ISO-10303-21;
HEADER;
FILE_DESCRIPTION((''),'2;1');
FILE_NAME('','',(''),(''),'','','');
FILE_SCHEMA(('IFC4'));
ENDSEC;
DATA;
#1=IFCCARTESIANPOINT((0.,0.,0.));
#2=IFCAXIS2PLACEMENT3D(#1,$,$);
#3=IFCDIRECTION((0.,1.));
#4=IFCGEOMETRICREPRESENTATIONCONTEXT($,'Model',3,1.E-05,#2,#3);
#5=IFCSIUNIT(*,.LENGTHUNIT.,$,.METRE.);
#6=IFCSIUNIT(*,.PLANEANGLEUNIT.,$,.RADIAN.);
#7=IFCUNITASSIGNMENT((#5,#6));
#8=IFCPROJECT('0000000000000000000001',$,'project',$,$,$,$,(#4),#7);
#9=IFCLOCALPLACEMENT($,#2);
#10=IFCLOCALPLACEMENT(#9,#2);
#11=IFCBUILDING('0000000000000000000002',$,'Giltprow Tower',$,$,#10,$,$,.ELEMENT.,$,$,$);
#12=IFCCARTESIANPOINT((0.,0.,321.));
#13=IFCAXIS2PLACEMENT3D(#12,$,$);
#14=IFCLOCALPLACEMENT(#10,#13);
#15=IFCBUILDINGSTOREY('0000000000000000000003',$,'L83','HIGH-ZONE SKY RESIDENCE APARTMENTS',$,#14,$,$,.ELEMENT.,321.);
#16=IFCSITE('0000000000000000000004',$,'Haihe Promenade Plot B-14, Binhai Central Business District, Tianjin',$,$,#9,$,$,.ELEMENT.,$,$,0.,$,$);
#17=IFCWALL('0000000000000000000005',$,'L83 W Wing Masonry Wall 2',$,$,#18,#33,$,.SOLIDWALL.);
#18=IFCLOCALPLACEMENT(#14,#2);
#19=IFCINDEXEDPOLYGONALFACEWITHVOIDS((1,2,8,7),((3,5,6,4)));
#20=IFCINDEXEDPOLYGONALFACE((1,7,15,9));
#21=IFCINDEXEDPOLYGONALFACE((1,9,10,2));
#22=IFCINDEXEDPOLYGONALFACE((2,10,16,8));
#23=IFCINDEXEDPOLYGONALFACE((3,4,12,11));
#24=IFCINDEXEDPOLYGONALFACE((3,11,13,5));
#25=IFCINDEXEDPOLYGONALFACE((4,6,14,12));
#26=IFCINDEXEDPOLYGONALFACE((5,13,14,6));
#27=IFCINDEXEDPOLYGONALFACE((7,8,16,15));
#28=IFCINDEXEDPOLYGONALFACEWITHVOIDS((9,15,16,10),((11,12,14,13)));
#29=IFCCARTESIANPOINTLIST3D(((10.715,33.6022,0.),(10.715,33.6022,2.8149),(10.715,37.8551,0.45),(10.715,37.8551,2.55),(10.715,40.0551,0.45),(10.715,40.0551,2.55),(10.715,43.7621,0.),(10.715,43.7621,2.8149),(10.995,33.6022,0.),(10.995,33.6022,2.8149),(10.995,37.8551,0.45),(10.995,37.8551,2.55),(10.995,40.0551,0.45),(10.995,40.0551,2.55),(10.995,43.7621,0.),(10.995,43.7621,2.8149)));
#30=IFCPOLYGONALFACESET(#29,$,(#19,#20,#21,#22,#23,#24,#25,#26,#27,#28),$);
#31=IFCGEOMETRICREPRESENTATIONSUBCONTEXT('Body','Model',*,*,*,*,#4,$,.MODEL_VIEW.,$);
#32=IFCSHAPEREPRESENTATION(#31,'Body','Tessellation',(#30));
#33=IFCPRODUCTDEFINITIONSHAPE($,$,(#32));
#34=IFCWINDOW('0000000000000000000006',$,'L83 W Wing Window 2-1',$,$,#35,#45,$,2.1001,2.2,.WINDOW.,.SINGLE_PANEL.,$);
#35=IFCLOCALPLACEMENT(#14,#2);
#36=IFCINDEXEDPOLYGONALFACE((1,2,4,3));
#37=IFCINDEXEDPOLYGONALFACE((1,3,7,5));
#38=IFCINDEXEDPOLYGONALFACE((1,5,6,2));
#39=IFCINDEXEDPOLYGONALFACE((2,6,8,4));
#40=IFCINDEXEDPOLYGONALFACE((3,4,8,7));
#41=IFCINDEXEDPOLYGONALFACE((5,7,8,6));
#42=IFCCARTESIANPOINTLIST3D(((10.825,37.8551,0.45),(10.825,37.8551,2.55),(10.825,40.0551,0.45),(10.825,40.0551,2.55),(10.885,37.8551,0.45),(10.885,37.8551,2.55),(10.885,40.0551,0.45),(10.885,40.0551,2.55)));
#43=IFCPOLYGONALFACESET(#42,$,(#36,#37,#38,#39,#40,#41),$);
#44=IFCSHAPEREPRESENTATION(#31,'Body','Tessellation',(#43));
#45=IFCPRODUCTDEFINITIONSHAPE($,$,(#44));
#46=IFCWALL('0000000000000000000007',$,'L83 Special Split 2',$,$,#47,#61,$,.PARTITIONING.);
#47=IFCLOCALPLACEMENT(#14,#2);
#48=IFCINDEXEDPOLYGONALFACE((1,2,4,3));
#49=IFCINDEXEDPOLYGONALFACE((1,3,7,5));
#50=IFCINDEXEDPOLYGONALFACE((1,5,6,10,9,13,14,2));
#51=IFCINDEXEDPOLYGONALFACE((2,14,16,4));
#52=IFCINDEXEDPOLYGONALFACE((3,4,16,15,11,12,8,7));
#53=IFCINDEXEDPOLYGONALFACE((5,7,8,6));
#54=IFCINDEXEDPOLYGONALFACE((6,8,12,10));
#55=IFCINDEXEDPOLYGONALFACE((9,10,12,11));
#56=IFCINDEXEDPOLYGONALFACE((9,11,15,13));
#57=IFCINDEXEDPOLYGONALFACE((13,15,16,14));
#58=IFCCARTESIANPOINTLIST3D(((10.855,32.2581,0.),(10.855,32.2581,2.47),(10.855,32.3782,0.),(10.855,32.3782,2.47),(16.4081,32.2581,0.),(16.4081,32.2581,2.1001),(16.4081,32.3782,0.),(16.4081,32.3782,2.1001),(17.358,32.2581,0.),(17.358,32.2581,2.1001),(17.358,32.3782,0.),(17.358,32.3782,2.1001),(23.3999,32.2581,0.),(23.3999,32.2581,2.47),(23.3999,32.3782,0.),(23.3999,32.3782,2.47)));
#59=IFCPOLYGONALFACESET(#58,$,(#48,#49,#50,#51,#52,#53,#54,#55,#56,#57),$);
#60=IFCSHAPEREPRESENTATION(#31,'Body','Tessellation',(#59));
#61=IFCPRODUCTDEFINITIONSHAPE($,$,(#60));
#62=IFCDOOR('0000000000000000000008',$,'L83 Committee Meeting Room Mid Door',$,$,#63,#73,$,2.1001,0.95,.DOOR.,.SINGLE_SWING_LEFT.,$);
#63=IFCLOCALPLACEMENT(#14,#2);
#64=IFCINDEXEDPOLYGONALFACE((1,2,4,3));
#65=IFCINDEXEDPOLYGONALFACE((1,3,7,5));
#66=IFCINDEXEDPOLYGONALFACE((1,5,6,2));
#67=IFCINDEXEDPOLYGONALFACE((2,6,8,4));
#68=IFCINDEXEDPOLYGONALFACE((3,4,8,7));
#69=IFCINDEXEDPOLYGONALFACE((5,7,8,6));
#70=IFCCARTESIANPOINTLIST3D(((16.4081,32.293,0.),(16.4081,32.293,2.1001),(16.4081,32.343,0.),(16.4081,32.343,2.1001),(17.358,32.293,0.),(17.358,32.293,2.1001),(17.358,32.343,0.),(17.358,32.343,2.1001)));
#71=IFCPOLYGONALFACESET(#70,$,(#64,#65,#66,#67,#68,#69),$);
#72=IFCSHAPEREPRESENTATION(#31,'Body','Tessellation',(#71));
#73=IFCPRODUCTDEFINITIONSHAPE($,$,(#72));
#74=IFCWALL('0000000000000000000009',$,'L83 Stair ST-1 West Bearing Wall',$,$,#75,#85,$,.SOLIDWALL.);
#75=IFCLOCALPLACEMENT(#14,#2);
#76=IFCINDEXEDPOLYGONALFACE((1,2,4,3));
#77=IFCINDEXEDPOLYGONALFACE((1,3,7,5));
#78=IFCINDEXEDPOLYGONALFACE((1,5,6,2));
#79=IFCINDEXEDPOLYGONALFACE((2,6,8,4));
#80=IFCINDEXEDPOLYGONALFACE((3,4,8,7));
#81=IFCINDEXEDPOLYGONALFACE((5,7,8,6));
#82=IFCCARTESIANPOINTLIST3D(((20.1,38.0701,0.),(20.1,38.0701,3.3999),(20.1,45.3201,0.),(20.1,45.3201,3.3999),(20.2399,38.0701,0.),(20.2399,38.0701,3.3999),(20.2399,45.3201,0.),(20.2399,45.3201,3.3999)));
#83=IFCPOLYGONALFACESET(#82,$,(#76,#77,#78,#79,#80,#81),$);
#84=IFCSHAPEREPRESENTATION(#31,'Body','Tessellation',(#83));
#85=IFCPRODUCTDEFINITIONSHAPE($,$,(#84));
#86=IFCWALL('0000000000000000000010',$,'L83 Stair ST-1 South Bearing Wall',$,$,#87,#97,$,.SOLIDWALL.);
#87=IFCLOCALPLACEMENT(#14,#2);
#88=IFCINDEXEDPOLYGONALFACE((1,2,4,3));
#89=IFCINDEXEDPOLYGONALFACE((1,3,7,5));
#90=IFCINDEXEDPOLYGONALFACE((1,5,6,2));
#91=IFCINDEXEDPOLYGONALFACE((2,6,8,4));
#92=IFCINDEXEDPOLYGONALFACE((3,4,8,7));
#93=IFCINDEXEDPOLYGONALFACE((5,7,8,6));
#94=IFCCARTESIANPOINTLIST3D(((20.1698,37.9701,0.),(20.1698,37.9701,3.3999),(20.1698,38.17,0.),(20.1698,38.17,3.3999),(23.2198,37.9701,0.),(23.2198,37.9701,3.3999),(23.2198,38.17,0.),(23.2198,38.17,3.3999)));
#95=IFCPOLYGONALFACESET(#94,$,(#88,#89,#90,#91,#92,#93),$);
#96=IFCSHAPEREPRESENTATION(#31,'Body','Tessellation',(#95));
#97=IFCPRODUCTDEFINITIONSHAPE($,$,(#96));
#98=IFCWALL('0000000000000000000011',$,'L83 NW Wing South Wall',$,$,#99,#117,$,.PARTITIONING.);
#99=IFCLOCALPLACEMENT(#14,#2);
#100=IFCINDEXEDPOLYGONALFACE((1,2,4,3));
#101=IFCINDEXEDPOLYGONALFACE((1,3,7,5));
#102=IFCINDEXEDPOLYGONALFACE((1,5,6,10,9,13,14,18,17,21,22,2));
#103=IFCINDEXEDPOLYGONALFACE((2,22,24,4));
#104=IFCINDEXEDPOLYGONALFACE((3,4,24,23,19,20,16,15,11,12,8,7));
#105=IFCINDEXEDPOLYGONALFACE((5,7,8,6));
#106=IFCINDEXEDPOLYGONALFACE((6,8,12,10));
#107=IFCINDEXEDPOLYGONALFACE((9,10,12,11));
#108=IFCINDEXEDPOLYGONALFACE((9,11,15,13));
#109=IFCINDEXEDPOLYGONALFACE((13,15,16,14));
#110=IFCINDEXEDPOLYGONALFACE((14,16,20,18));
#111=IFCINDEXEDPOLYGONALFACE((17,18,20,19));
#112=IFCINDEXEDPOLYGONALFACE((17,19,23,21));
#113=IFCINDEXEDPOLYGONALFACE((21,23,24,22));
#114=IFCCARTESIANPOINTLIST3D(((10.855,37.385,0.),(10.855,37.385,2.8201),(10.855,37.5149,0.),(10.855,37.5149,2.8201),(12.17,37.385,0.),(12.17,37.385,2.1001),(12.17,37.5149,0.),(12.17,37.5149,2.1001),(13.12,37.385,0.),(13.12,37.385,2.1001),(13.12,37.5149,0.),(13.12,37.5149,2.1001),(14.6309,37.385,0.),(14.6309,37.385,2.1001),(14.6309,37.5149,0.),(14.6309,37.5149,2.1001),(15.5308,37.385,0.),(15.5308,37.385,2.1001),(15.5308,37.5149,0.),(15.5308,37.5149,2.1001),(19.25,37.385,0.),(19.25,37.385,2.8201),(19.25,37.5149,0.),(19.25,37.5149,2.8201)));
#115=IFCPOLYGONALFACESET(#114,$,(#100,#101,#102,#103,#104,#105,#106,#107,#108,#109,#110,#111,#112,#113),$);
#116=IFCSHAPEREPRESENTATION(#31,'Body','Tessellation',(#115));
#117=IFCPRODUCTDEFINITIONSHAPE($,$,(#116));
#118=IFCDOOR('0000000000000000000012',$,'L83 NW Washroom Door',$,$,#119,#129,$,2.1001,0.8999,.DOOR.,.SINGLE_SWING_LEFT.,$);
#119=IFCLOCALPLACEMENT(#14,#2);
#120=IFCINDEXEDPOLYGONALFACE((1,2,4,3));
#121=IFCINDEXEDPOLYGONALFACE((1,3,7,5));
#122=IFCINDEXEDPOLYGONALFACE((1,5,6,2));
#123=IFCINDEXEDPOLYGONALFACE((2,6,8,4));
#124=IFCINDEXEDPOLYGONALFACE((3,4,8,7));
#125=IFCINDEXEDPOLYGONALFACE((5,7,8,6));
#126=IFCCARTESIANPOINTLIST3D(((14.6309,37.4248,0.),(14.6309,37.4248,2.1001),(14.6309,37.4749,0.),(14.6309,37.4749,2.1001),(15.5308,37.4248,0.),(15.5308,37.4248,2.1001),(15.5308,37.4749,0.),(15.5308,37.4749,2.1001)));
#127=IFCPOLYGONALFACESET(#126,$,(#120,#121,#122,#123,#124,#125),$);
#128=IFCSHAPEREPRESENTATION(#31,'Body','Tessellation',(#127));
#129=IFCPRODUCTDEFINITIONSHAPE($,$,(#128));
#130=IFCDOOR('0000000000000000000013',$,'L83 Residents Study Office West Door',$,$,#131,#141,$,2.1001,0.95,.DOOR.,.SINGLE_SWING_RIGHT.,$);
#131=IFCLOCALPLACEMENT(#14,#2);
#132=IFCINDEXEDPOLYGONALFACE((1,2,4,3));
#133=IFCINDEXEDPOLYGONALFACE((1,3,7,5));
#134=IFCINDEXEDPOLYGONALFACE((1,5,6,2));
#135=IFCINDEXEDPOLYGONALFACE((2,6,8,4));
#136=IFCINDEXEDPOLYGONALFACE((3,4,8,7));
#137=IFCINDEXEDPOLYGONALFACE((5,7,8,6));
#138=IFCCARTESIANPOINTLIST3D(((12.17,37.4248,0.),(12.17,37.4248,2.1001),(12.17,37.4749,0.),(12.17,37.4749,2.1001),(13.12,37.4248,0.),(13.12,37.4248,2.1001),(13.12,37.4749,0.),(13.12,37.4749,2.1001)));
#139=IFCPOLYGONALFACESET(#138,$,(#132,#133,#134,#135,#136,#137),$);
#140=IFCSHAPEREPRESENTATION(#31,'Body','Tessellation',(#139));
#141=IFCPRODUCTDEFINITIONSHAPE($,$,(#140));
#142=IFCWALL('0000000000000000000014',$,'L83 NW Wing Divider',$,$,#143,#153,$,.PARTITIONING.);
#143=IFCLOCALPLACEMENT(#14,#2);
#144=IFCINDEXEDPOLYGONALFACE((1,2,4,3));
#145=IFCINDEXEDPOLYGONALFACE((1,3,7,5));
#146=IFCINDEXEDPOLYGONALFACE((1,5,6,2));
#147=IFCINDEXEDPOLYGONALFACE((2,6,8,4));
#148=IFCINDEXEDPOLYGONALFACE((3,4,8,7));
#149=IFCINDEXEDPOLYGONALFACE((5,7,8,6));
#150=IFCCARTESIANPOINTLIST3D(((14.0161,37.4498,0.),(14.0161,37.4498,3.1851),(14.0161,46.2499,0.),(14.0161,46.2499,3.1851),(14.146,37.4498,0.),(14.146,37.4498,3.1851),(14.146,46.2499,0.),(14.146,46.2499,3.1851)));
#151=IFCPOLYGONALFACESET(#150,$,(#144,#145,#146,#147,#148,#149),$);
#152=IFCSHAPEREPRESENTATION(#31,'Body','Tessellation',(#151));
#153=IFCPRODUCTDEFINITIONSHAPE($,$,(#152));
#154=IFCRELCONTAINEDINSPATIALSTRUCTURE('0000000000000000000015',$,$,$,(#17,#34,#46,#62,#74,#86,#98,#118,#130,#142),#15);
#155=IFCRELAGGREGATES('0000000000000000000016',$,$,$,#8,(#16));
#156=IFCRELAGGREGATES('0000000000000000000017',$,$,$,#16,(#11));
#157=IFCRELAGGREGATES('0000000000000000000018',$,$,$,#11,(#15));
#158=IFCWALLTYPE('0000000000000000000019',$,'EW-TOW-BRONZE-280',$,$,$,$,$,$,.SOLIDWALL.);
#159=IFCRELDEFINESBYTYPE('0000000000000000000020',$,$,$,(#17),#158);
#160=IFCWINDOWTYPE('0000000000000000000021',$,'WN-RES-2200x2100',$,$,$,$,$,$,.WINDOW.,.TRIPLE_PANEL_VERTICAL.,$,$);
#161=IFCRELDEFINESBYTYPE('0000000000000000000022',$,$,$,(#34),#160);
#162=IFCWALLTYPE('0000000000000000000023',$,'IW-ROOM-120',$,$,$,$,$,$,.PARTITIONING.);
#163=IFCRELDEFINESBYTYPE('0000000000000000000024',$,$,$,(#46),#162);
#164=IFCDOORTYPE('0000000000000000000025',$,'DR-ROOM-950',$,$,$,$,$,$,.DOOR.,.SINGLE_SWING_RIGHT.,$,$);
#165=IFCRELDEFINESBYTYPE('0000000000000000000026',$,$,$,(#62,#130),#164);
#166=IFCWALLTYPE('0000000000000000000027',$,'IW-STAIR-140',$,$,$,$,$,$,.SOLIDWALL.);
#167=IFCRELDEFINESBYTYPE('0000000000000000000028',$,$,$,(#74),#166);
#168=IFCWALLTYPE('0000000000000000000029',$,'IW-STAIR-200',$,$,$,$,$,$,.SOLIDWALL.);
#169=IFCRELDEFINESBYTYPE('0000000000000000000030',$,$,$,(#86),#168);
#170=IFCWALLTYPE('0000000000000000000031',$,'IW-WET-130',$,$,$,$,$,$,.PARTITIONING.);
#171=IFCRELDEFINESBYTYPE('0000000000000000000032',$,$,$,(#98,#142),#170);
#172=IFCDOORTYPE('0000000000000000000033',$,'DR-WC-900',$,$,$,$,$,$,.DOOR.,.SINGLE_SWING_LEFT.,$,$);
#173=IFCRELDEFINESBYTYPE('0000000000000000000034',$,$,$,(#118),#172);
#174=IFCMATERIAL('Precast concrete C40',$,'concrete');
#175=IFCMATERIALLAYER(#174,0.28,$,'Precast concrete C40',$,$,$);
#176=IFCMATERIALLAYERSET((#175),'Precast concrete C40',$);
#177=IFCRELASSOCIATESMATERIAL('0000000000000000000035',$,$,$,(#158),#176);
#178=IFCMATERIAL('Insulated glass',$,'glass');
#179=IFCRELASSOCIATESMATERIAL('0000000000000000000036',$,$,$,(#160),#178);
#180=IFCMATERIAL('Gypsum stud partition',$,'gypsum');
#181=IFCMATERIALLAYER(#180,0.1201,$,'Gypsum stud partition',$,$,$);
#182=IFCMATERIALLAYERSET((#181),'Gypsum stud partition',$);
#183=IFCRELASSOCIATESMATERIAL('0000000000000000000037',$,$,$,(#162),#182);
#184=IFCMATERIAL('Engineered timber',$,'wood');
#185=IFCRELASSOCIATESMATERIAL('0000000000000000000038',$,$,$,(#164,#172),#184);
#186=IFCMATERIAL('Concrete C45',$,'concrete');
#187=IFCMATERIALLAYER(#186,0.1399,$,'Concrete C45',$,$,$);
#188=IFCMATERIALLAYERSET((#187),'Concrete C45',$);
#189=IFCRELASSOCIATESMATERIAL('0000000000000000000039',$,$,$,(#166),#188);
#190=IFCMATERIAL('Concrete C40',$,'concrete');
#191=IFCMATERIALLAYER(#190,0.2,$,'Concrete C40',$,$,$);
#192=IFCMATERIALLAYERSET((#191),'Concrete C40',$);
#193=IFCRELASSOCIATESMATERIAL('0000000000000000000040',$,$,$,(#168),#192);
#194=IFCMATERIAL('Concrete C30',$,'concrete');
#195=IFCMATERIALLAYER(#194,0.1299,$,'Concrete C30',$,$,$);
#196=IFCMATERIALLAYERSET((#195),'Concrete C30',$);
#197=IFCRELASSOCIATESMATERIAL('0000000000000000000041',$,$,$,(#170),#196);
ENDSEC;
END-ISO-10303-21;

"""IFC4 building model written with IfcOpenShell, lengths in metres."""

from ifc_helpers import new_model, si_unit, direction, frame, frame_2d, origin, place, context, subcontext, project, spatial, rectangle, extrude, source, transform, mapped, material, layer, layer_set, type_object, element, fill, save


model = new_model("IFC4")

# Units and contexts
model_context = context("Model", 3, precision=1e-05, world=origin(), true_north=direction((0.0, 1.0)))
body_context = subcontext(model_context, "Body", "Model", "MODEL_VIEW")
ifc_project = project(units=[si_unit("LENGTHUNIT", "METRE"), si_unit("PLANEANGLEUNIT", "RADIAN")], contexts=[model_context])

# Site, building, storey
site_placement = place(None, origin())
site = spatial("IfcSite", under=ifc_project, at=site_placement, Name="Haihe Promenade Plot B-14, Binhai Central Business District, Tianjin", CompositionType="ELEMENT", RefElevation=0.0)
building_placement = place(site_placement, origin())
building = spatial("IfcBuilding", under=site, at=building_placement, Name="Giltprow Tower", CompositionType="ELEMENT")
storey_placement = place(building_placement, frame((0.0, 0.0, 321.0)))
storey = spatial("IfcBuildingStorey", under=building, at=storey_placement, Name="L83", Description="HIGH-ZONE SKY RESIDENCE APARTMENTS", CompositionType="ELEMENT", Elevation=321.0)

# Shared definitions
ifc_material_1 = material(Name="Concrete C45", Category="concrete")

# Wall, opening, window
ifc_material_2 = material(Name="Precast concrete C40", Category="concrete")
ifc_layer_1 = layer(ifc_material_2, 0.28, Name="Precast concrete C40")
ifc_layer_set_1 = layer_set([ifc_layer_1], Name="Precast concrete C40")
wall_type_1 = type_object("IfcWallType", Name="EW-TOW-BRONZE-280", PredefinedType="SOLIDWALL", material=ifc_layer_set_1)
wall_1_placement = place(storey_placement, frame((10.855, 33.6021, 0.0), z_axis=(0.0, 0.0, 1.0), x_axis=(0.0, 1.0, 0.0)))
wall_1 = element("IfcWall", 1, at=wall_1_placement, inside=storey, type_object=wall_type_1, Name="L83 W Wing Masonry Wall 2", PredefinedType="SOLIDWALL", context=body_context, shape_type="SweptSolid", body=[
    extrude(rectangle(XDim=10.1599, YDim=0.28, at=frame_2d((5.0801, 0.0))), origin(), (0.0, 0.0, 1.0), 2.8149),
])
opening_1_placement = place(wall_1_placement, frame((4.2529, 0.0, 0.45)))
opening_1 = element("IfcOpeningElement", 2, at=opening_1_placement, cuts=wall_1, PredefinedType="OPENING", context=body_context, shape_type="SweptSolid", body=[
    extrude(rectangle(XDim=2.2, YDim=2.1001, at=frame_2d((1.1001, 1.05))), frame((0.0, 0.1499, 0.0), z_axis=(0.0, -1.0, 0.0), x_axis=(1.0, 0.0, 0.0)), (0.0, 0.0, 1.0), 0.3),
])
ifc_material_3 = material(Name="Insulated glass", Category="glass")
window_type = type_object("IfcWindowType", Name="WN-RES-2200x2100", PartitioningType="TRIPLE_PANEL_VERTICAL", PredefinedType="WINDOW", material=ifc_material_3)
shared_shape_1 = source(origin(), body_context, "Body", "SweptSolid", [
    extrude(rectangle(XDim=2.2, YDim=2.1001, at=frame_2d((1.1001, 1.05))), frame((0.0, 0.03, 0.0), z_axis=(0.0, -1.0, 0.0), x_axis=(1.0, 0.0, 0.0)), (0.0, 0.0, 1.0), 0.0601),
])
window_placement = place(opening_1_placement, origin())
window = element("IfcWindow", 3, at=window_placement, inside=storey, type_object=window_type, Name="L83 W Wing Window 2-1", OverallHeight=2.1001, OverallWidth=2.2, PartitioningType="SINGLE_PANEL", PredefinedType="WINDOW", context=body_context, shape_type="MappedRepresentation", body=[
    mapped(shared_shape_1, transform((0.0, 0.0, 0.0), x_axis=(1.0, 0.0, 0.0), y_axis=(0.0, 1.0, 0.0), z_axis=(0.0, 0.0, 1.0), scale=1.0)),
])
fill(opening_1, window)

# Wall, opening, door
ifc_material_4 = material(Name="Gypsum stud partition", Category="gypsum")
ifc_layer_2 = layer(ifc_material_4, 0.1201, Name="Gypsum stud partition")
ifc_layer_set_2 = layer_set([ifc_layer_2], Name="Gypsum stud partition")
wall_type_2 = type_object("IfcWallType", Name="IW-ROOM-120", PredefinedType="PARTITIONING", material=ifc_layer_set_2)
wall_2_placement = place(storey_placement, frame((10.855, 32.3181, 0.0), z_axis=(0.0, 0.0, 1.0), x_axis=(1.0, 0.0, 0.0)))
wall_2 = element("IfcWall", 4, at=wall_2_placement, inside=storey, type_object=wall_type_2, Name="L83 Special Split 2", PredefinedType="PARTITIONING", context=body_context, shape_type="SweptSolid", body=[
    extrude(rectangle(XDim=12.5449, YDim=0.1201, at=frame_2d((6.2725, 0.0))), origin(), (0.0, 0.0, 1.0), 2.47),
])
opening_2_placement = place(wall_2_placement, frame((5.553, 0.0, 0.0)))
opening_2 = element("IfcOpeningElement", 5, at=opening_2_placement, cuts=wall_2, PredefinedType="OPENING", context=body_context, shape_type="SweptSolid", body=[
    extrude(rectangle(XDim=0.95, YDim=2.1001, at=frame_2d((0.4751, 1.05))), frame((0.0, 0.0701, 0.0), z_axis=(0.0, -1.0, 0.0), x_axis=(1.0, 0.0, 0.0)), (0.0, 0.0, 1.0), 0.1401),
])
ifc_material_5 = material(Name="Engineered timber", Category="wood")
door_type_1 = type_object("IfcDoorType", Name="DR-ROOM-950", OperationType="SINGLE_SWING_RIGHT", PredefinedType="DOOR", material=ifc_material_5)
shared_shape_2 = source(origin(), body_context, "Body", "SweptSolid", [
    extrude(rectangle(XDim=0.95, YDim=2.1001, at=frame_2d((0.4751, 1.05))), frame((0.0, 0.0249, 0.0), z_axis=(0.0, -1.0, 0.0), x_axis=(1.0, 0.0, 0.0)), (0.0, 0.0, 1.0), 0.05),
])
door_1_placement = place(opening_2_placement, origin())
door_1 = element("IfcDoor", 6, at=door_1_placement, inside=storey, type_object=door_type_1, Name="L83 Committee Meeting Room Mid Door", OperationType="SINGLE_SWING_LEFT", OverallHeight=2.1001, OverallWidth=0.95, PredefinedType="DOOR", context=body_context, shape_type="MappedRepresentation", body=[
    mapped(shared_shape_2, transform((0.0, 0.0, 0.0), x_axis=(1.0, 0.0, 0.0), y_axis=(0.0, 1.0, 0.0), z_axis=(0.0, 0.0, 1.0), scale=1.0)),
])
fill(opening_2, door_1)

# Walls
ifc_layer_3 = layer(ifc_material_1, 0.1399, Name="Concrete C45")
ifc_layer_set_3 = layer_set([ifc_layer_3], Name="Concrete C45")
wall_type_3 = type_object("IfcWallType", Name="IW-STAIR-140", PredefinedType="SOLIDWALL", material=ifc_layer_set_3)
wall_3_placement = place(storey_placement, frame((20.1699, 38.0701, 0.0), z_axis=(0.0, 0.0, 1.0), x_axis=(0.0, 1.0, 0.0)))
element("IfcWall", 7, at=wall_3_placement, inside=storey, type_object=wall_type_3, Name="L83 Stair ST-1 West Bearing Wall", PredefinedType="SOLIDWALL", context=body_context, shape_type="SweptSolid", body=[
    extrude(rectangle(XDim=7.25, YDim=0.1399, at=frame_2d((3.625, 0.0))), origin(), (0.0, 0.0, 1.0), 3.3999),
])
ifc_material_6 = material(Name="Concrete C40", Category="concrete")
ifc_layer_4 = layer(ifc_material_6, 0.2, Name="Concrete C40")
ifc_layer_set_4 = layer_set([ifc_layer_4], Name="Concrete C40")
wall_type_4 = type_object("IfcWallType", Name="IW-STAIR-200", PredefinedType="SOLIDWALL", material=ifc_layer_set_4)
wall_4_placement = place(storey_placement, frame((20.1699, 38.0701, 0.0), z_axis=(0.0, 0.0, 1.0), x_axis=(1.0, 0.0, 0.0)))
element("IfcWall", 8, at=wall_4_placement, inside=storey, type_object=wall_type_4, Name="L83 Stair ST-1 South Bearing Wall", PredefinedType="SOLIDWALL", context=body_context, shape_type="SweptSolid", body=[
    extrude(rectangle(XDim=3.05, YDim=0.2, at=frame_2d((1.5249, 0.0))), origin(), (0.0, 0.0, 1.0), 3.3999),
])

# Wall, openings, doors
ifc_material_7 = material(Name="Concrete C30", Category="concrete")
ifc_layer_5 = layer(ifc_material_7, 0.1299, Name="Concrete C30")
ifc_layer_set_5 = layer_set([ifc_layer_5], Name="Concrete C30")
wall_type_5 = type_object("IfcWallType", Name="IW-WET-130", PredefinedType="PARTITIONING", material=ifc_layer_set_5)
wall_5_placement = place(storey_placement, frame((10.855, 37.45, 0.0), z_axis=(0.0, 0.0, 1.0), x_axis=(1.0, 0.0, 0.0)))
wall_5 = element("IfcWall", 9, at=wall_5_placement, inside=storey, type_object=wall_type_5, Name="L83 NW Wing South Wall", PredefinedType="PARTITIONING", context=body_context, shape_type="SweptSolid", body=[
    extrude(rectangle(XDim=8.395, YDim=0.1299, at=frame_2d((4.1975, 0.0))), origin(), (0.0, 0.0, 1.0), 2.8201),
])
opening_3_placement = place(wall_5_placement, frame((1.3149, 0.0, 0.0)))
opening_3 = element("IfcOpeningElement", 10, at=opening_3_placement, cuts=wall_5, PredefinedType="OPENING", context=body_context, shape_type="SweptSolid", body=[
    extrude(rectangle(XDim=0.95, YDim=2.1001, at=frame_2d((0.4751, 1.05))), frame((0.0, 0.075, 0.0), z_axis=(0.0, -1.0, 0.0), x_axis=(1.0, 0.0, 0.0)), (0.0, 0.0, 1.0), 0.1499),
])
opening_4_placement = place(wall_5_placement, frame((3.7759, 0.0, 0.0)))
opening_4 = element("IfcOpeningElement", 11, at=opening_4_placement, cuts=wall_5, PredefinedType="OPENING", context=body_context, shape_type="SweptSolid", body=[
    extrude(rectangle(XDim=0.8999, YDim=2.1001, at=frame_2d((0.45, 1.05))), frame((0.0, 0.075, 0.0), z_axis=(0.0, -1.0, 0.0), x_axis=(1.0, 0.0, 0.0)), (0.0, 0.0, 1.0), 0.1499),
])
door_type_2 = type_object("IfcDoorType", Name="DR-WC-900", OperationType="SINGLE_SWING_LEFT", PredefinedType="DOOR", material=ifc_material_5)
shared_shape_3 = source(origin(), body_context, "Body", "SweptSolid", [
    extrude(rectangle(XDim=0.8999, YDim=2.1001, at=frame_2d((0.45, 1.05))), frame((0.0, 0.0249, 0.0), z_axis=(0.0, -1.0, 0.0), x_axis=(1.0, 0.0, 0.0)), (0.0, 0.0, 1.0), 0.05),
])
door_2_placement = place(opening_4_placement, origin())
door_2 = element("IfcDoor", 12, at=door_2_placement, inside=storey, type_object=door_type_2, Name="L83 NW Washroom Door", OperationType="SINGLE_SWING_LEFT", OverallHeight=2.1001, OverallWidth=0.8999, PredefinedType="DOOR", context=body_context, shape_type="MappedRepresentation", body=[
    mapped(shared_shape_3, transform((0.0, 0.0, 0.0), x_axis=(1.0, 0.0, 0.0), y_axis=(0.0, 1.0, 0.0), z_axis=(0.0, 0.0, 1.0), scale=1.0)),
])
fill(opening_4, door_2)
door_3_placement = place(opening_3_placement, origin())
door_3 = element("IfcDoor", 13, at=door_3_placement, inside=storey, type_object=door_type_1, Name="L83 Residents Study Office West Door", OperationType="SINGLE_SWING_RIGHT", OverallHeight=2.1001, OverallWidth=0.95, PredefinedType="DOOR", context=body_context, shape_type="MappedRepresentation", body=[
    mapped(shared_shape_2, transform((0.0, 0.0, 0.0), x_axis=(1.0, 0.0, 0.0), y_axis=(0.0, 1.0, 0.0), z_axis=(0.0, 0.0, 1.0), scale=1.0)),
])
fill(opening_3, door_3)

# Wall
wall_6_placement = place(storey_placement, frame((14.0811, 37.45, 0.0), z_axis=(0.0, 0.0, 1.0), x_axis=(0.0, 1.0, 0.0)))
element("IfcWall", 14, at=wall_6_placement, inside=storey, type_object=wall_type_5, Name="L83 NW Wing Divider", PredefinedType="PARTITIONING", context=body_context, shape_type="SweptSolid", body=[
    extrude(rectangle(XDim=8.8, YDim=0.1299, at=frame_2d((4.3999, 0.0))), origin(), (0.0, 0.0, 1.0), 3.1851),
])

save(model, "model.ifc")
